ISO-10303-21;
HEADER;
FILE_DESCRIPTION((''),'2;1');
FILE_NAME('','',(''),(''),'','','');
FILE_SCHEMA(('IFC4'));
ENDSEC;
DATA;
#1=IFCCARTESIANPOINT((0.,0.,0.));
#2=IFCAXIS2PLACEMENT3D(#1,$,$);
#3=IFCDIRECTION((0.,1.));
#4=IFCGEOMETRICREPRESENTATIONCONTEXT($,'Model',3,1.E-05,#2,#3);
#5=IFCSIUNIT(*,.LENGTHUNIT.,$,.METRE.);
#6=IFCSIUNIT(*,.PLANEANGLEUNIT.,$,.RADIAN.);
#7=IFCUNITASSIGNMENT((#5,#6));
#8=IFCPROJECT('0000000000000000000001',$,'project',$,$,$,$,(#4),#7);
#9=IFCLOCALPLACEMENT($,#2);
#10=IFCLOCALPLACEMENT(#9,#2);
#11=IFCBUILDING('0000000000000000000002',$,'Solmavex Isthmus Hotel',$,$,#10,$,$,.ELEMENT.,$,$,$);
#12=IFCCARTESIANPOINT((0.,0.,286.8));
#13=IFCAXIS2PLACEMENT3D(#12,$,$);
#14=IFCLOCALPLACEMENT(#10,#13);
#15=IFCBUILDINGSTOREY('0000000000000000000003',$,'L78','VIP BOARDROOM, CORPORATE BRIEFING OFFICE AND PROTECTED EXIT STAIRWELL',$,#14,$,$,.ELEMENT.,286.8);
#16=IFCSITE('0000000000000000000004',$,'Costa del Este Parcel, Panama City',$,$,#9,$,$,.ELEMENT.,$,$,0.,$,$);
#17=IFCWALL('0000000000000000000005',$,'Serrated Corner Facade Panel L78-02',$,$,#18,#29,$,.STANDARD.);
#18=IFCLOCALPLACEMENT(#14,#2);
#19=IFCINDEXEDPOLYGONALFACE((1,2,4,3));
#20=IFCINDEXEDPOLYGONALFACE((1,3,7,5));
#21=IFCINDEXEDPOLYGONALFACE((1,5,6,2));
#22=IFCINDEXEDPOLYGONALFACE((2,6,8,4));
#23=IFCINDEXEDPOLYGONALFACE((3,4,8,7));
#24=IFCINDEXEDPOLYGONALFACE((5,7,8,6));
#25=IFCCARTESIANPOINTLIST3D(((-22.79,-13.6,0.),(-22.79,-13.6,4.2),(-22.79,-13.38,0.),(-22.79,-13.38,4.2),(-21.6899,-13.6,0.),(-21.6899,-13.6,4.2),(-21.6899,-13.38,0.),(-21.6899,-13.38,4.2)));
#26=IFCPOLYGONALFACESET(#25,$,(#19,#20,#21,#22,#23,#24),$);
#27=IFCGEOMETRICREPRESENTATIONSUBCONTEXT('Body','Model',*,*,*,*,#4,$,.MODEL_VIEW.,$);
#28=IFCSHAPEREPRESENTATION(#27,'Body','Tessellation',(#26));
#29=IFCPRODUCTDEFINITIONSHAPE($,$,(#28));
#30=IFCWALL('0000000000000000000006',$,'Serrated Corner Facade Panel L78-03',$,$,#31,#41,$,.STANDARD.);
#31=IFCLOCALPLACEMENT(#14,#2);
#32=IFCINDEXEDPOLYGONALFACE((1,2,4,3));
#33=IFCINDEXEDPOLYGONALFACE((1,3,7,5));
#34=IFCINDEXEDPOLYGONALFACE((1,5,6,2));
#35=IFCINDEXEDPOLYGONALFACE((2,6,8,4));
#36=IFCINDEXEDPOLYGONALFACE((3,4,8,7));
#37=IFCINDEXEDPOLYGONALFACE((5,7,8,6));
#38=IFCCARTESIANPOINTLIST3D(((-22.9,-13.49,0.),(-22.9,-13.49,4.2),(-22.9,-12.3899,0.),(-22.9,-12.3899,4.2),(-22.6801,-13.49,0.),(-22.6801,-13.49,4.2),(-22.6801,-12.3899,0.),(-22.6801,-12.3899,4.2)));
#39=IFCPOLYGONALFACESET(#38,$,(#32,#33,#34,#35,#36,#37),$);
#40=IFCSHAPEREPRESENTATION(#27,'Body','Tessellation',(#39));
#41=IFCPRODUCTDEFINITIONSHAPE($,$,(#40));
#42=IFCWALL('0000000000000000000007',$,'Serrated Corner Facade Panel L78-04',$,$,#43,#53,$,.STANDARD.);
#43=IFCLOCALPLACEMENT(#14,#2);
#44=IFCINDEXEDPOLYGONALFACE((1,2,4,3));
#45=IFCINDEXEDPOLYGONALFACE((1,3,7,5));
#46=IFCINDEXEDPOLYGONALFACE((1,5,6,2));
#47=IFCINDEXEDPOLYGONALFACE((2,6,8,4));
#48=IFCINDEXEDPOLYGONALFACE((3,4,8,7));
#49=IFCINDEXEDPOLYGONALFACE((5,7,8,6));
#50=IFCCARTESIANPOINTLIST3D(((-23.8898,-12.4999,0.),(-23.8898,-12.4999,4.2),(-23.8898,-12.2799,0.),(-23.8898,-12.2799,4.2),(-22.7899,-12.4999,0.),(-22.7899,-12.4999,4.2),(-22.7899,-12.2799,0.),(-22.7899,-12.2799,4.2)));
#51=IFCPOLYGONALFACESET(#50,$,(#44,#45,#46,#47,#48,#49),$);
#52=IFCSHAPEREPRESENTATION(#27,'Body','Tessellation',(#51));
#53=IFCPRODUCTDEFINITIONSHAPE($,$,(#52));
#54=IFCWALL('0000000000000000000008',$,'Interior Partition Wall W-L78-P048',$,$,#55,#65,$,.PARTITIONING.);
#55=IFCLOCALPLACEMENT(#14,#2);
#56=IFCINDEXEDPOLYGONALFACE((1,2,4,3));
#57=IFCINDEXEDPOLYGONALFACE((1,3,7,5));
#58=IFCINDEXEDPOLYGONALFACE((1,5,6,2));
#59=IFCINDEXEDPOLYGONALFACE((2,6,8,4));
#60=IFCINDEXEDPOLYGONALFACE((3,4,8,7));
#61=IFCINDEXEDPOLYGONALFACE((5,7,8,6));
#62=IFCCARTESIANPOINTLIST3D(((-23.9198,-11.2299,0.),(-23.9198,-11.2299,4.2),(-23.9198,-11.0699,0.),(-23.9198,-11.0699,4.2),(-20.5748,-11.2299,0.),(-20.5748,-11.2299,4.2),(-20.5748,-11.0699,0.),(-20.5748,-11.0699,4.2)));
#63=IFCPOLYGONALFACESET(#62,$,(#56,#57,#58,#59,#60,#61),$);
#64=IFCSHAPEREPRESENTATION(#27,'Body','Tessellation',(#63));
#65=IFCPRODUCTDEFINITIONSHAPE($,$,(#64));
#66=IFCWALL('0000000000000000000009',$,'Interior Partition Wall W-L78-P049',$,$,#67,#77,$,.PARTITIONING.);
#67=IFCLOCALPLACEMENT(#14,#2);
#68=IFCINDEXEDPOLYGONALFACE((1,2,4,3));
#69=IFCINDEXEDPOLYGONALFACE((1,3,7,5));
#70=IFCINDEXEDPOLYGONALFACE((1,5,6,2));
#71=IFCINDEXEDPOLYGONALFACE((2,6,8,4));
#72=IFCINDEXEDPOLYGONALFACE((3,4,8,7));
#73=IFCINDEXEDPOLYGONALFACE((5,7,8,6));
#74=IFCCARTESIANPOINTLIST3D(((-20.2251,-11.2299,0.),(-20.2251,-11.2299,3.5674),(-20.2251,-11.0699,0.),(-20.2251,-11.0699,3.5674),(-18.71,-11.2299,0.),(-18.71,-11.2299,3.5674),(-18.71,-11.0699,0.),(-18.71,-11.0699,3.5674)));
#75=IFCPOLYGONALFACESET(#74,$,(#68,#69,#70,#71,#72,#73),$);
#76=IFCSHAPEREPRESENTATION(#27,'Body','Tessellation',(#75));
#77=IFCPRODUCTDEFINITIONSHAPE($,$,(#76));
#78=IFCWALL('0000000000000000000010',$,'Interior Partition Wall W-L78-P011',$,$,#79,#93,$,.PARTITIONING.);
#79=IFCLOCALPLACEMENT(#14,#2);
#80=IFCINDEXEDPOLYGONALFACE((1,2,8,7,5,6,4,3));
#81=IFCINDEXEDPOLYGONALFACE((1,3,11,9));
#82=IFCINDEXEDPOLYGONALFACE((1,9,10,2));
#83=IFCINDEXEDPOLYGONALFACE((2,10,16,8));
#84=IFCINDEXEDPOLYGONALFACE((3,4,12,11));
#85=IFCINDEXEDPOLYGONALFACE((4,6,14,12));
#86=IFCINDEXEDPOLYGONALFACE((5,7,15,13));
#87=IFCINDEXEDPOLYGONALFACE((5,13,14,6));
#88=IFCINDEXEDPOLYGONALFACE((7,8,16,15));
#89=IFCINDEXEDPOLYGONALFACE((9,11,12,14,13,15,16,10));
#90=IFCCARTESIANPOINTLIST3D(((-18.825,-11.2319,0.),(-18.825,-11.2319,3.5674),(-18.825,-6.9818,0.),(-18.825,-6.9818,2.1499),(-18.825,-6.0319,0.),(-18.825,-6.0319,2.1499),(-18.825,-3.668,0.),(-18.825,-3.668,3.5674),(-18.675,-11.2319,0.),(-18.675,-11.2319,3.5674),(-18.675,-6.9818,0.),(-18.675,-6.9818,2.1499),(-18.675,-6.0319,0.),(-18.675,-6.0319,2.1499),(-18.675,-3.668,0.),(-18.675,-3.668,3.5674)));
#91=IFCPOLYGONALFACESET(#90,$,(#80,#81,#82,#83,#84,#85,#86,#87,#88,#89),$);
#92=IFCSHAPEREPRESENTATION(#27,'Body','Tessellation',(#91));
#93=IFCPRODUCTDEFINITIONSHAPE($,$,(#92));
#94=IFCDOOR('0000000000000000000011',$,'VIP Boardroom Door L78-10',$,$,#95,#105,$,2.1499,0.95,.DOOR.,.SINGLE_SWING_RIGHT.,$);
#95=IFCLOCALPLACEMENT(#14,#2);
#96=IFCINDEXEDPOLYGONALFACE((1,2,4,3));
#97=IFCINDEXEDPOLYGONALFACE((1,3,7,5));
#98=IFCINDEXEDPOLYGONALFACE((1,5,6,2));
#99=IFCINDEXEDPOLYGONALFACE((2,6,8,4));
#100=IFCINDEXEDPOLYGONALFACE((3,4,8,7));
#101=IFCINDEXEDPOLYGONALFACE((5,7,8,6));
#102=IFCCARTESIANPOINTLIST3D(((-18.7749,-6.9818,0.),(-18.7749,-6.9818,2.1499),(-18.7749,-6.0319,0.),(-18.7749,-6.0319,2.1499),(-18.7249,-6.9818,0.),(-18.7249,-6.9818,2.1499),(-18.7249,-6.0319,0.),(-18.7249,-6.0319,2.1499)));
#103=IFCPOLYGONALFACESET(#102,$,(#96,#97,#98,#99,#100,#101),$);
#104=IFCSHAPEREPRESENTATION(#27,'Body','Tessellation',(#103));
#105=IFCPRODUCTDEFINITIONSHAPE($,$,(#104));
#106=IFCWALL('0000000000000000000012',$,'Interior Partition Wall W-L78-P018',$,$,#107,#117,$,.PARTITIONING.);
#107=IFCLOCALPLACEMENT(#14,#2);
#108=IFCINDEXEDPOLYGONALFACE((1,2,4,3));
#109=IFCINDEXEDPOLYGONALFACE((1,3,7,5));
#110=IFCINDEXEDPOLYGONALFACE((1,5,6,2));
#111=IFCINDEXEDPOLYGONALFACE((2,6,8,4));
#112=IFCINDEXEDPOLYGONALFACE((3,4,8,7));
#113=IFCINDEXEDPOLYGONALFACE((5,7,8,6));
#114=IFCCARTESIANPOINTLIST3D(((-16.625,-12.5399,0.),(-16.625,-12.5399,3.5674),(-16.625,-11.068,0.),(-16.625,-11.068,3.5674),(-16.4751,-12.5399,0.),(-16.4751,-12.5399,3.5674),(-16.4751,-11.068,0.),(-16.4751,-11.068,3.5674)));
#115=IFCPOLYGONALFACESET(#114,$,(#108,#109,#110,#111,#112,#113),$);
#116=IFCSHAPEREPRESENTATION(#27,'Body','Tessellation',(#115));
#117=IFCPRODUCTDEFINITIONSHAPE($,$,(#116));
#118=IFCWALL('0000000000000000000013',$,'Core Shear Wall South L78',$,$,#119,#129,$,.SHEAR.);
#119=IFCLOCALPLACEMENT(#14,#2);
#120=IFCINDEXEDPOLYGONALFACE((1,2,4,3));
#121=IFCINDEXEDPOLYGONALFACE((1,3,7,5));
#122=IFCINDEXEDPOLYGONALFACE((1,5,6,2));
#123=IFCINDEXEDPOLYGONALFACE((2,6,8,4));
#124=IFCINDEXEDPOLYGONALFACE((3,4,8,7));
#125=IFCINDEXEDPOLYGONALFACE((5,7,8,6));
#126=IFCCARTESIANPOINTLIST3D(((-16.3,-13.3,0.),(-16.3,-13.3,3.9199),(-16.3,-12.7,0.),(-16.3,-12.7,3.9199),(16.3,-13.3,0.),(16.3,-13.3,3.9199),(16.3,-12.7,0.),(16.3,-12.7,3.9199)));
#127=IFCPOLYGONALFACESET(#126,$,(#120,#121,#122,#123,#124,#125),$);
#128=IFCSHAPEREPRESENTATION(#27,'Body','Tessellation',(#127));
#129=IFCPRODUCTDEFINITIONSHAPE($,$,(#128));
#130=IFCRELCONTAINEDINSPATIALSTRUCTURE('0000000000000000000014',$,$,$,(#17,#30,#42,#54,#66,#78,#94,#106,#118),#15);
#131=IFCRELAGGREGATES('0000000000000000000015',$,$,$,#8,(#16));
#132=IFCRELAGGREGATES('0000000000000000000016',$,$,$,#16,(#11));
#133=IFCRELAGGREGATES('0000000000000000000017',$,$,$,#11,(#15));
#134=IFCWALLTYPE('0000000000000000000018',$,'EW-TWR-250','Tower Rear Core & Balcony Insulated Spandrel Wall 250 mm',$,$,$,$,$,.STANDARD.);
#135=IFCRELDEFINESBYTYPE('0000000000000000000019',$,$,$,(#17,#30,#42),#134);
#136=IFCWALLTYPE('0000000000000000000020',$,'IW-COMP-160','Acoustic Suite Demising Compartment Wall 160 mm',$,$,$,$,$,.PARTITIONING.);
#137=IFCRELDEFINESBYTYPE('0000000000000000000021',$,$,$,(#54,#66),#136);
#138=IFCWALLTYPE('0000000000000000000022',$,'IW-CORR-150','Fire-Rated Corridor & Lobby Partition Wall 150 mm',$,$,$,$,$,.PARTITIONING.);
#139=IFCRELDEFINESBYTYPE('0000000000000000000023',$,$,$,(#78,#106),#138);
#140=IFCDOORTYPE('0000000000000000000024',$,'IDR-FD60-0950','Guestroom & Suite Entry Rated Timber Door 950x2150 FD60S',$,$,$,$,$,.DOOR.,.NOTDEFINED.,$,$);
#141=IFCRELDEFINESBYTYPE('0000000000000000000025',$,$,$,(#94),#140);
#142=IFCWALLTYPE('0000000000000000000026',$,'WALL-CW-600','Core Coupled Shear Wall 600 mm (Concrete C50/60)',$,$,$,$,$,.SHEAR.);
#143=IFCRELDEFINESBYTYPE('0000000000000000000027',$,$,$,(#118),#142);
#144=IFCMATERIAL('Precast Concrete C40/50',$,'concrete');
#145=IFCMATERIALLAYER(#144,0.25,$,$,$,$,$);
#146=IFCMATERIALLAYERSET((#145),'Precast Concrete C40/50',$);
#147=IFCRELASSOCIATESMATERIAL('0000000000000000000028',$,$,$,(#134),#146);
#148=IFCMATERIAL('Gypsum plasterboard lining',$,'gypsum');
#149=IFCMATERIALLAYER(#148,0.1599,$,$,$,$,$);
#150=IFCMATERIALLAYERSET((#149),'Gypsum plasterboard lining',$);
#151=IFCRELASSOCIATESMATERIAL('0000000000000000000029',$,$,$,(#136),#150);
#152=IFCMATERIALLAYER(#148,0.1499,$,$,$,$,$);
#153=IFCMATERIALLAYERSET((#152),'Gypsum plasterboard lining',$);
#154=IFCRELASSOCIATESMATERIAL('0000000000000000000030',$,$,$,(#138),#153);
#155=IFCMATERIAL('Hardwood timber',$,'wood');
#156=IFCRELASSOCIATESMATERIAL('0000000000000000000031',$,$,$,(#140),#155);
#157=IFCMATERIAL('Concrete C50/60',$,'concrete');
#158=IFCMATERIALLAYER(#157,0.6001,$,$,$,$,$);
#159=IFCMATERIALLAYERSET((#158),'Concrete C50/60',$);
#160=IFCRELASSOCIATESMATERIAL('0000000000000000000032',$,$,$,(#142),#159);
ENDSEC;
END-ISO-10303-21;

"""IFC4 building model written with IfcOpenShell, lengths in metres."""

from ifc_helpers import new_model, si_unit, direction, frame, frame_2d, origin, place, context, subcontext, project, spatial, rectangle, extrude, material, layer, layer_set, type_object, element, fill, save


model = new_model("IFC4")

# Units and contexts
model_context = context("Model", 3, precision=1e-05, world=origin(), true_north=direction((0.0, 1.0)))
body_context = subcontext(model_context, "Body", "Model", "MODEL_VIEW")
ifc_project = project(units=[si_unit("LENGTHUNIT", "METRE"), si_unit("PLANEANGLEUNIT", "RADIAN")], contexts=[model_context])

# Site, building, storey
site_placement = place(None, origin())
site = spatial("IfcSite", under=ifc_project, at=site_placement, Name="Costa del Este Parcel, Panama City", CompositionType="ELEMENT", RefElevation=0.0)
building_placement = place(site_placement, origin())
building = spatial("IfcBuilding", under=site, at=building_placement, Name="Solmavex Isthmus Hotel", CompositionType="ELEMENT")
storey_placement = place(building_placement, frame((0.0, 0.0, 286.8)))
storey = spatial("IfcBuildingStorey", under=building, at=storey_placement, Name="L78", Description="VIP BOARDROOM, CORPORATE BRIEFING OFFICE AND PROTECTED EXIT STAIRWELL", CompositionType="ELEMENT", Elevation=286.8)

# Shared definitions
ifc_material_1 = material(Name="Concrete C50/60", Category="concrete")

# Shared definitions
ifc_material_2 = material(Name="Precast Concrete C40/50", Category="concrete")
ifc_layer_1 = layer(ifc_material_2, 0.25)
ifc_layer_set_1 = layer_set([ifc_layer_1], Name="Precast Concrete C40/50")
wall_type_1 = type_object("IfcWallType", Name="EW-TWR-250", Description="Tower Rear Core & Balcony Insulated Spandrel Wall 250 mm", PredefinedType="STANDARD", material=ifc_layer_set_1)

# Walls
for number, where, z_axis, x_axis, name in (
    (1, (-21.6899, -13.49, 0.0), (0.0, 0.0, 1.0), (-1.0, 0.0, 0.0), "Serrated Corner Facade Panel L78-02"),
    (2, (-22.79, -13.49, 0.0), (0.0, 0.0, 1.0), (0.0, 1.0, 0.0), "Serrated Corner Facade Panel L78-03"),
):
    element("IfcWall", number, at=place(storey_placement, frame(where, z_axis=z_axis, x_axis=x_axis)), inside=storey, type_object=wall_type_1, Name=name, PredefinedType="STANDARD", context=body_context, shape_type="SweptSolid", body=[
        extrude(rectangle(XDim=1.1001, YDim=0.22, at=frame_2d((0.55, 0.0))), origin(), (0.0, 0.0, 1.0), 4.2),
    ])
wall_1_placement = place(storey_placement, frame((-22.79, -12.3899, 0.0), z_axis=(0.0, 0.0, 1.0), x_axis=(-1.0, 0.0, 0.0)))
element("IfcWall", 3, at=wall_1_placement, inside=storey, type_object=wall_type_1, Name="Serrated Corner Facade Panel L78-04", PredefinedType="STANDARD", context=body_context, shape_type="SweptSolid", body=[
    extrude(rectangle(XDim=1.0999, YDim=0.22, at=frame_2d((0.5498, 0.0))), origin(), (0.0, 0.0, 1.0), 4.2),
])
ifc_material_3 = material(Name="Gypsum plasterboard lining", Category="gypsum")
ifc_layer_2 = layer(ifc_material_3, 0.1599)
ifc_layer_set_2 = layer_set([ifc_layer_2], Name="Gypsum plasterboard lining")
wall_type_2 = type_object("IfcWallType", Name="IW-COMP-160", Description="Acoustic Suite Demising Compartment Wall 160 mm", PredefinedType="PARTITIONING", material=ifc_layer_set_2)
wall_2_placement = place(storey_placement, frame((-20.575, -11.1499, 0.0), z_axis=(0.0, 0.0, 1.0), x_axis=(-1.0, 0.0, 0.0)))
element("IfcWall", 4, at=wall_2_placement, inside=storey, type_object=wall_type_2, Name="Interior Partition Wall W-L78-P048", PredefinedType="PARTITIONING", context=body_context, shape_type="SweptSolid", body=[
    extrude(rectangle(XDim=3.345, YDim=0.1599, at=frame_2d((1.6724, 0.0))), origin(), (0.0, 0.0, 1.0), 4.2),
])
wall_3_placement = place(storey_placement, frame((-18.71, -11.1499, 0.0), z_axis=(0.0, 0.0, 1.0), x_axis=(-1.0, 0.0, 0.0)))
element("IfcWall", 5, at=wall_3_placement, inside=storey, type_object=wall_type_2, Name="Interior Partition Wall W-L78-P049", PredefinedType="PARTITIONING", context=body_context, shape_type="SweptSolid", body=[
    extrude(rectangle(XDim=1.5151, YDim=0.1599, at=frame_2d((0.7576, 0.0))), origin(), (0.0, 0.0, 1.0), 3.5674),
])

# Wall, opening, door
ifc_layer_3 = layer(ifc_material_3, 0.1499)
ifc_layer_set_3 = layer_set([ifc_layer_3], Name="Gypsum plasterboard lining")
wall_type_3 = type_object("IfcWallType", Name="IW-CORR-150", Description="Fire-Rated Corridor & Lobby Partition Wall 150 mm", PredefinedType="PARTITIONING", material=ifc_layer_set_3)
wall_4_placement = place(storey_placement, frame((-18.75, -11.2319, 0.0), z_axis=(0.0, 0.0, 1.0), x_axis=(0.0, 1.0, 0.0)))
wall_4 = element("IfcWall", 6, at=wall_4_placement, inside=storey, type_object=wall_type_3, Name="Interior Partition Wall W-L78-P011", PredefinedType="PARTITIONING", context=body_context, shape_type="SweptSolid", body=[
    extrude(rectangle(XDim=7.564, YDim=0.1499, at=frame_2d((3.782, 0.0))), origin(), (0.0, 0.0, 1.0), 3.5674),
])
opening_1_placement = place(wall_4_placement, frame((4.25, 0.0, 0.0)))
opening_1 = element("IfcOpeningElement", 7, at=opening_1_placement, cuts=wall_4, PredefinedType="OPENING", context=body_context, shape_type="SweptSolid", body=[
    extrude(rectangle(XDim=0.95, YDim=2.1499, at=frame_2d((0.4751, 1.075))), frame((0.0, 0.085, 0.0), z_axis=(0.0, -1.0, 0.0), x_axis=(1.0, 0.0, 0.0)), (0.0, 0.0, 1.0), 0.1699),
])
ifc_material_4 = material(Name="Hardwood timber", Category="wood")
door_type = type_object("IfcDoorType", Name="IDR-FD60-0950", Description="Guestroom & Suite Entry Rated Timber Door 950x2150 FD60S", OperationType="NOTDEFINED", PredefinedType="DOOR", material=ifc_material_4)
door_1_placement = place(opening_1_placement, origin())
door_1 = element("IfcDoor", 8, at=door_1_placement, inside=storey, type_object=door_type, Name="VIP Boardroom Door L78-10", OperationType="SINGLE_SWING_RIGHT", OverallHeight=2.1499, OverallWidth=0.95, PredefinedType="DOOR", context=body_context, shape_type="SweptSolid", body=[
    extrude(rectangle(XDim=0.95, YDim=2.1499, at=frame_2d((0.4751, 1.075))), frame((0.0, 0.0249, 0.0), z_axis=(0.0, -1.0, 0.0), x_axis=(1.0, 0.0, 0.0)), (0.0, 0.0, 1.0), 0.05),
])
fill(opening_1, door_1)

# Wall
wall_5_placement = place(storey_placement, frame((-16.55, -11.0681, 0.0), z_axis=(0.0, 0.0, 1.0), x_axis=(0.0, -1.0, 0.0)))
element("IfcWall", 9, at=wall_5_placement, inside=storey, type_object=wall_type_3, Name="Interior Partition Wall W-L78-P018", PredefinedType="PARTITIONING", context=body_context, shape_type="SweptSolid", body=[
    extrude(rectangle(XDim=1.4719, YDim=0.1499, at=frame_2d((0.7358, 0.0))), origin(), (0.0, 0.0, 1.0), 3.5674),
])

# Wall
ifc_layer_4 = layer(ifc_material_1, 0.6001)
ifc_layer_set_4 = layer_set([ifc_layer_4], Name="Concrete C50/60")
wall_type_4 = type_object("IfcWallType", Name="WALL-CW-600", Description="Core Coupled Shear Wall 600 mm (Concrete C50/60)", PredefinedType="SHEAR", material=ifc_layer_set_4)
wall_6_placement = place(storey_placement, frame((-16.3, -13.0, 0.0), z_axis=(0.0, 0.0, 1.0), x_axis=(1.0, 0.0, 0.0)))
element("IfcWall", 10, at=wall_6_placement, inside=storey, type_object=wall_type_4, Name="Core Shear Wall South L78", PredefinedType="SHEAR", context=body_context, shape_type="SweptSolid", body=[
    extrude(rectangle(XDim=32.6001, YDim=0.6001, at=frame_2d((16.3, 0.0))), origin(), (0.0, 0.0, 1.0), 3.9199),
])

save(model, "model.ifc")
